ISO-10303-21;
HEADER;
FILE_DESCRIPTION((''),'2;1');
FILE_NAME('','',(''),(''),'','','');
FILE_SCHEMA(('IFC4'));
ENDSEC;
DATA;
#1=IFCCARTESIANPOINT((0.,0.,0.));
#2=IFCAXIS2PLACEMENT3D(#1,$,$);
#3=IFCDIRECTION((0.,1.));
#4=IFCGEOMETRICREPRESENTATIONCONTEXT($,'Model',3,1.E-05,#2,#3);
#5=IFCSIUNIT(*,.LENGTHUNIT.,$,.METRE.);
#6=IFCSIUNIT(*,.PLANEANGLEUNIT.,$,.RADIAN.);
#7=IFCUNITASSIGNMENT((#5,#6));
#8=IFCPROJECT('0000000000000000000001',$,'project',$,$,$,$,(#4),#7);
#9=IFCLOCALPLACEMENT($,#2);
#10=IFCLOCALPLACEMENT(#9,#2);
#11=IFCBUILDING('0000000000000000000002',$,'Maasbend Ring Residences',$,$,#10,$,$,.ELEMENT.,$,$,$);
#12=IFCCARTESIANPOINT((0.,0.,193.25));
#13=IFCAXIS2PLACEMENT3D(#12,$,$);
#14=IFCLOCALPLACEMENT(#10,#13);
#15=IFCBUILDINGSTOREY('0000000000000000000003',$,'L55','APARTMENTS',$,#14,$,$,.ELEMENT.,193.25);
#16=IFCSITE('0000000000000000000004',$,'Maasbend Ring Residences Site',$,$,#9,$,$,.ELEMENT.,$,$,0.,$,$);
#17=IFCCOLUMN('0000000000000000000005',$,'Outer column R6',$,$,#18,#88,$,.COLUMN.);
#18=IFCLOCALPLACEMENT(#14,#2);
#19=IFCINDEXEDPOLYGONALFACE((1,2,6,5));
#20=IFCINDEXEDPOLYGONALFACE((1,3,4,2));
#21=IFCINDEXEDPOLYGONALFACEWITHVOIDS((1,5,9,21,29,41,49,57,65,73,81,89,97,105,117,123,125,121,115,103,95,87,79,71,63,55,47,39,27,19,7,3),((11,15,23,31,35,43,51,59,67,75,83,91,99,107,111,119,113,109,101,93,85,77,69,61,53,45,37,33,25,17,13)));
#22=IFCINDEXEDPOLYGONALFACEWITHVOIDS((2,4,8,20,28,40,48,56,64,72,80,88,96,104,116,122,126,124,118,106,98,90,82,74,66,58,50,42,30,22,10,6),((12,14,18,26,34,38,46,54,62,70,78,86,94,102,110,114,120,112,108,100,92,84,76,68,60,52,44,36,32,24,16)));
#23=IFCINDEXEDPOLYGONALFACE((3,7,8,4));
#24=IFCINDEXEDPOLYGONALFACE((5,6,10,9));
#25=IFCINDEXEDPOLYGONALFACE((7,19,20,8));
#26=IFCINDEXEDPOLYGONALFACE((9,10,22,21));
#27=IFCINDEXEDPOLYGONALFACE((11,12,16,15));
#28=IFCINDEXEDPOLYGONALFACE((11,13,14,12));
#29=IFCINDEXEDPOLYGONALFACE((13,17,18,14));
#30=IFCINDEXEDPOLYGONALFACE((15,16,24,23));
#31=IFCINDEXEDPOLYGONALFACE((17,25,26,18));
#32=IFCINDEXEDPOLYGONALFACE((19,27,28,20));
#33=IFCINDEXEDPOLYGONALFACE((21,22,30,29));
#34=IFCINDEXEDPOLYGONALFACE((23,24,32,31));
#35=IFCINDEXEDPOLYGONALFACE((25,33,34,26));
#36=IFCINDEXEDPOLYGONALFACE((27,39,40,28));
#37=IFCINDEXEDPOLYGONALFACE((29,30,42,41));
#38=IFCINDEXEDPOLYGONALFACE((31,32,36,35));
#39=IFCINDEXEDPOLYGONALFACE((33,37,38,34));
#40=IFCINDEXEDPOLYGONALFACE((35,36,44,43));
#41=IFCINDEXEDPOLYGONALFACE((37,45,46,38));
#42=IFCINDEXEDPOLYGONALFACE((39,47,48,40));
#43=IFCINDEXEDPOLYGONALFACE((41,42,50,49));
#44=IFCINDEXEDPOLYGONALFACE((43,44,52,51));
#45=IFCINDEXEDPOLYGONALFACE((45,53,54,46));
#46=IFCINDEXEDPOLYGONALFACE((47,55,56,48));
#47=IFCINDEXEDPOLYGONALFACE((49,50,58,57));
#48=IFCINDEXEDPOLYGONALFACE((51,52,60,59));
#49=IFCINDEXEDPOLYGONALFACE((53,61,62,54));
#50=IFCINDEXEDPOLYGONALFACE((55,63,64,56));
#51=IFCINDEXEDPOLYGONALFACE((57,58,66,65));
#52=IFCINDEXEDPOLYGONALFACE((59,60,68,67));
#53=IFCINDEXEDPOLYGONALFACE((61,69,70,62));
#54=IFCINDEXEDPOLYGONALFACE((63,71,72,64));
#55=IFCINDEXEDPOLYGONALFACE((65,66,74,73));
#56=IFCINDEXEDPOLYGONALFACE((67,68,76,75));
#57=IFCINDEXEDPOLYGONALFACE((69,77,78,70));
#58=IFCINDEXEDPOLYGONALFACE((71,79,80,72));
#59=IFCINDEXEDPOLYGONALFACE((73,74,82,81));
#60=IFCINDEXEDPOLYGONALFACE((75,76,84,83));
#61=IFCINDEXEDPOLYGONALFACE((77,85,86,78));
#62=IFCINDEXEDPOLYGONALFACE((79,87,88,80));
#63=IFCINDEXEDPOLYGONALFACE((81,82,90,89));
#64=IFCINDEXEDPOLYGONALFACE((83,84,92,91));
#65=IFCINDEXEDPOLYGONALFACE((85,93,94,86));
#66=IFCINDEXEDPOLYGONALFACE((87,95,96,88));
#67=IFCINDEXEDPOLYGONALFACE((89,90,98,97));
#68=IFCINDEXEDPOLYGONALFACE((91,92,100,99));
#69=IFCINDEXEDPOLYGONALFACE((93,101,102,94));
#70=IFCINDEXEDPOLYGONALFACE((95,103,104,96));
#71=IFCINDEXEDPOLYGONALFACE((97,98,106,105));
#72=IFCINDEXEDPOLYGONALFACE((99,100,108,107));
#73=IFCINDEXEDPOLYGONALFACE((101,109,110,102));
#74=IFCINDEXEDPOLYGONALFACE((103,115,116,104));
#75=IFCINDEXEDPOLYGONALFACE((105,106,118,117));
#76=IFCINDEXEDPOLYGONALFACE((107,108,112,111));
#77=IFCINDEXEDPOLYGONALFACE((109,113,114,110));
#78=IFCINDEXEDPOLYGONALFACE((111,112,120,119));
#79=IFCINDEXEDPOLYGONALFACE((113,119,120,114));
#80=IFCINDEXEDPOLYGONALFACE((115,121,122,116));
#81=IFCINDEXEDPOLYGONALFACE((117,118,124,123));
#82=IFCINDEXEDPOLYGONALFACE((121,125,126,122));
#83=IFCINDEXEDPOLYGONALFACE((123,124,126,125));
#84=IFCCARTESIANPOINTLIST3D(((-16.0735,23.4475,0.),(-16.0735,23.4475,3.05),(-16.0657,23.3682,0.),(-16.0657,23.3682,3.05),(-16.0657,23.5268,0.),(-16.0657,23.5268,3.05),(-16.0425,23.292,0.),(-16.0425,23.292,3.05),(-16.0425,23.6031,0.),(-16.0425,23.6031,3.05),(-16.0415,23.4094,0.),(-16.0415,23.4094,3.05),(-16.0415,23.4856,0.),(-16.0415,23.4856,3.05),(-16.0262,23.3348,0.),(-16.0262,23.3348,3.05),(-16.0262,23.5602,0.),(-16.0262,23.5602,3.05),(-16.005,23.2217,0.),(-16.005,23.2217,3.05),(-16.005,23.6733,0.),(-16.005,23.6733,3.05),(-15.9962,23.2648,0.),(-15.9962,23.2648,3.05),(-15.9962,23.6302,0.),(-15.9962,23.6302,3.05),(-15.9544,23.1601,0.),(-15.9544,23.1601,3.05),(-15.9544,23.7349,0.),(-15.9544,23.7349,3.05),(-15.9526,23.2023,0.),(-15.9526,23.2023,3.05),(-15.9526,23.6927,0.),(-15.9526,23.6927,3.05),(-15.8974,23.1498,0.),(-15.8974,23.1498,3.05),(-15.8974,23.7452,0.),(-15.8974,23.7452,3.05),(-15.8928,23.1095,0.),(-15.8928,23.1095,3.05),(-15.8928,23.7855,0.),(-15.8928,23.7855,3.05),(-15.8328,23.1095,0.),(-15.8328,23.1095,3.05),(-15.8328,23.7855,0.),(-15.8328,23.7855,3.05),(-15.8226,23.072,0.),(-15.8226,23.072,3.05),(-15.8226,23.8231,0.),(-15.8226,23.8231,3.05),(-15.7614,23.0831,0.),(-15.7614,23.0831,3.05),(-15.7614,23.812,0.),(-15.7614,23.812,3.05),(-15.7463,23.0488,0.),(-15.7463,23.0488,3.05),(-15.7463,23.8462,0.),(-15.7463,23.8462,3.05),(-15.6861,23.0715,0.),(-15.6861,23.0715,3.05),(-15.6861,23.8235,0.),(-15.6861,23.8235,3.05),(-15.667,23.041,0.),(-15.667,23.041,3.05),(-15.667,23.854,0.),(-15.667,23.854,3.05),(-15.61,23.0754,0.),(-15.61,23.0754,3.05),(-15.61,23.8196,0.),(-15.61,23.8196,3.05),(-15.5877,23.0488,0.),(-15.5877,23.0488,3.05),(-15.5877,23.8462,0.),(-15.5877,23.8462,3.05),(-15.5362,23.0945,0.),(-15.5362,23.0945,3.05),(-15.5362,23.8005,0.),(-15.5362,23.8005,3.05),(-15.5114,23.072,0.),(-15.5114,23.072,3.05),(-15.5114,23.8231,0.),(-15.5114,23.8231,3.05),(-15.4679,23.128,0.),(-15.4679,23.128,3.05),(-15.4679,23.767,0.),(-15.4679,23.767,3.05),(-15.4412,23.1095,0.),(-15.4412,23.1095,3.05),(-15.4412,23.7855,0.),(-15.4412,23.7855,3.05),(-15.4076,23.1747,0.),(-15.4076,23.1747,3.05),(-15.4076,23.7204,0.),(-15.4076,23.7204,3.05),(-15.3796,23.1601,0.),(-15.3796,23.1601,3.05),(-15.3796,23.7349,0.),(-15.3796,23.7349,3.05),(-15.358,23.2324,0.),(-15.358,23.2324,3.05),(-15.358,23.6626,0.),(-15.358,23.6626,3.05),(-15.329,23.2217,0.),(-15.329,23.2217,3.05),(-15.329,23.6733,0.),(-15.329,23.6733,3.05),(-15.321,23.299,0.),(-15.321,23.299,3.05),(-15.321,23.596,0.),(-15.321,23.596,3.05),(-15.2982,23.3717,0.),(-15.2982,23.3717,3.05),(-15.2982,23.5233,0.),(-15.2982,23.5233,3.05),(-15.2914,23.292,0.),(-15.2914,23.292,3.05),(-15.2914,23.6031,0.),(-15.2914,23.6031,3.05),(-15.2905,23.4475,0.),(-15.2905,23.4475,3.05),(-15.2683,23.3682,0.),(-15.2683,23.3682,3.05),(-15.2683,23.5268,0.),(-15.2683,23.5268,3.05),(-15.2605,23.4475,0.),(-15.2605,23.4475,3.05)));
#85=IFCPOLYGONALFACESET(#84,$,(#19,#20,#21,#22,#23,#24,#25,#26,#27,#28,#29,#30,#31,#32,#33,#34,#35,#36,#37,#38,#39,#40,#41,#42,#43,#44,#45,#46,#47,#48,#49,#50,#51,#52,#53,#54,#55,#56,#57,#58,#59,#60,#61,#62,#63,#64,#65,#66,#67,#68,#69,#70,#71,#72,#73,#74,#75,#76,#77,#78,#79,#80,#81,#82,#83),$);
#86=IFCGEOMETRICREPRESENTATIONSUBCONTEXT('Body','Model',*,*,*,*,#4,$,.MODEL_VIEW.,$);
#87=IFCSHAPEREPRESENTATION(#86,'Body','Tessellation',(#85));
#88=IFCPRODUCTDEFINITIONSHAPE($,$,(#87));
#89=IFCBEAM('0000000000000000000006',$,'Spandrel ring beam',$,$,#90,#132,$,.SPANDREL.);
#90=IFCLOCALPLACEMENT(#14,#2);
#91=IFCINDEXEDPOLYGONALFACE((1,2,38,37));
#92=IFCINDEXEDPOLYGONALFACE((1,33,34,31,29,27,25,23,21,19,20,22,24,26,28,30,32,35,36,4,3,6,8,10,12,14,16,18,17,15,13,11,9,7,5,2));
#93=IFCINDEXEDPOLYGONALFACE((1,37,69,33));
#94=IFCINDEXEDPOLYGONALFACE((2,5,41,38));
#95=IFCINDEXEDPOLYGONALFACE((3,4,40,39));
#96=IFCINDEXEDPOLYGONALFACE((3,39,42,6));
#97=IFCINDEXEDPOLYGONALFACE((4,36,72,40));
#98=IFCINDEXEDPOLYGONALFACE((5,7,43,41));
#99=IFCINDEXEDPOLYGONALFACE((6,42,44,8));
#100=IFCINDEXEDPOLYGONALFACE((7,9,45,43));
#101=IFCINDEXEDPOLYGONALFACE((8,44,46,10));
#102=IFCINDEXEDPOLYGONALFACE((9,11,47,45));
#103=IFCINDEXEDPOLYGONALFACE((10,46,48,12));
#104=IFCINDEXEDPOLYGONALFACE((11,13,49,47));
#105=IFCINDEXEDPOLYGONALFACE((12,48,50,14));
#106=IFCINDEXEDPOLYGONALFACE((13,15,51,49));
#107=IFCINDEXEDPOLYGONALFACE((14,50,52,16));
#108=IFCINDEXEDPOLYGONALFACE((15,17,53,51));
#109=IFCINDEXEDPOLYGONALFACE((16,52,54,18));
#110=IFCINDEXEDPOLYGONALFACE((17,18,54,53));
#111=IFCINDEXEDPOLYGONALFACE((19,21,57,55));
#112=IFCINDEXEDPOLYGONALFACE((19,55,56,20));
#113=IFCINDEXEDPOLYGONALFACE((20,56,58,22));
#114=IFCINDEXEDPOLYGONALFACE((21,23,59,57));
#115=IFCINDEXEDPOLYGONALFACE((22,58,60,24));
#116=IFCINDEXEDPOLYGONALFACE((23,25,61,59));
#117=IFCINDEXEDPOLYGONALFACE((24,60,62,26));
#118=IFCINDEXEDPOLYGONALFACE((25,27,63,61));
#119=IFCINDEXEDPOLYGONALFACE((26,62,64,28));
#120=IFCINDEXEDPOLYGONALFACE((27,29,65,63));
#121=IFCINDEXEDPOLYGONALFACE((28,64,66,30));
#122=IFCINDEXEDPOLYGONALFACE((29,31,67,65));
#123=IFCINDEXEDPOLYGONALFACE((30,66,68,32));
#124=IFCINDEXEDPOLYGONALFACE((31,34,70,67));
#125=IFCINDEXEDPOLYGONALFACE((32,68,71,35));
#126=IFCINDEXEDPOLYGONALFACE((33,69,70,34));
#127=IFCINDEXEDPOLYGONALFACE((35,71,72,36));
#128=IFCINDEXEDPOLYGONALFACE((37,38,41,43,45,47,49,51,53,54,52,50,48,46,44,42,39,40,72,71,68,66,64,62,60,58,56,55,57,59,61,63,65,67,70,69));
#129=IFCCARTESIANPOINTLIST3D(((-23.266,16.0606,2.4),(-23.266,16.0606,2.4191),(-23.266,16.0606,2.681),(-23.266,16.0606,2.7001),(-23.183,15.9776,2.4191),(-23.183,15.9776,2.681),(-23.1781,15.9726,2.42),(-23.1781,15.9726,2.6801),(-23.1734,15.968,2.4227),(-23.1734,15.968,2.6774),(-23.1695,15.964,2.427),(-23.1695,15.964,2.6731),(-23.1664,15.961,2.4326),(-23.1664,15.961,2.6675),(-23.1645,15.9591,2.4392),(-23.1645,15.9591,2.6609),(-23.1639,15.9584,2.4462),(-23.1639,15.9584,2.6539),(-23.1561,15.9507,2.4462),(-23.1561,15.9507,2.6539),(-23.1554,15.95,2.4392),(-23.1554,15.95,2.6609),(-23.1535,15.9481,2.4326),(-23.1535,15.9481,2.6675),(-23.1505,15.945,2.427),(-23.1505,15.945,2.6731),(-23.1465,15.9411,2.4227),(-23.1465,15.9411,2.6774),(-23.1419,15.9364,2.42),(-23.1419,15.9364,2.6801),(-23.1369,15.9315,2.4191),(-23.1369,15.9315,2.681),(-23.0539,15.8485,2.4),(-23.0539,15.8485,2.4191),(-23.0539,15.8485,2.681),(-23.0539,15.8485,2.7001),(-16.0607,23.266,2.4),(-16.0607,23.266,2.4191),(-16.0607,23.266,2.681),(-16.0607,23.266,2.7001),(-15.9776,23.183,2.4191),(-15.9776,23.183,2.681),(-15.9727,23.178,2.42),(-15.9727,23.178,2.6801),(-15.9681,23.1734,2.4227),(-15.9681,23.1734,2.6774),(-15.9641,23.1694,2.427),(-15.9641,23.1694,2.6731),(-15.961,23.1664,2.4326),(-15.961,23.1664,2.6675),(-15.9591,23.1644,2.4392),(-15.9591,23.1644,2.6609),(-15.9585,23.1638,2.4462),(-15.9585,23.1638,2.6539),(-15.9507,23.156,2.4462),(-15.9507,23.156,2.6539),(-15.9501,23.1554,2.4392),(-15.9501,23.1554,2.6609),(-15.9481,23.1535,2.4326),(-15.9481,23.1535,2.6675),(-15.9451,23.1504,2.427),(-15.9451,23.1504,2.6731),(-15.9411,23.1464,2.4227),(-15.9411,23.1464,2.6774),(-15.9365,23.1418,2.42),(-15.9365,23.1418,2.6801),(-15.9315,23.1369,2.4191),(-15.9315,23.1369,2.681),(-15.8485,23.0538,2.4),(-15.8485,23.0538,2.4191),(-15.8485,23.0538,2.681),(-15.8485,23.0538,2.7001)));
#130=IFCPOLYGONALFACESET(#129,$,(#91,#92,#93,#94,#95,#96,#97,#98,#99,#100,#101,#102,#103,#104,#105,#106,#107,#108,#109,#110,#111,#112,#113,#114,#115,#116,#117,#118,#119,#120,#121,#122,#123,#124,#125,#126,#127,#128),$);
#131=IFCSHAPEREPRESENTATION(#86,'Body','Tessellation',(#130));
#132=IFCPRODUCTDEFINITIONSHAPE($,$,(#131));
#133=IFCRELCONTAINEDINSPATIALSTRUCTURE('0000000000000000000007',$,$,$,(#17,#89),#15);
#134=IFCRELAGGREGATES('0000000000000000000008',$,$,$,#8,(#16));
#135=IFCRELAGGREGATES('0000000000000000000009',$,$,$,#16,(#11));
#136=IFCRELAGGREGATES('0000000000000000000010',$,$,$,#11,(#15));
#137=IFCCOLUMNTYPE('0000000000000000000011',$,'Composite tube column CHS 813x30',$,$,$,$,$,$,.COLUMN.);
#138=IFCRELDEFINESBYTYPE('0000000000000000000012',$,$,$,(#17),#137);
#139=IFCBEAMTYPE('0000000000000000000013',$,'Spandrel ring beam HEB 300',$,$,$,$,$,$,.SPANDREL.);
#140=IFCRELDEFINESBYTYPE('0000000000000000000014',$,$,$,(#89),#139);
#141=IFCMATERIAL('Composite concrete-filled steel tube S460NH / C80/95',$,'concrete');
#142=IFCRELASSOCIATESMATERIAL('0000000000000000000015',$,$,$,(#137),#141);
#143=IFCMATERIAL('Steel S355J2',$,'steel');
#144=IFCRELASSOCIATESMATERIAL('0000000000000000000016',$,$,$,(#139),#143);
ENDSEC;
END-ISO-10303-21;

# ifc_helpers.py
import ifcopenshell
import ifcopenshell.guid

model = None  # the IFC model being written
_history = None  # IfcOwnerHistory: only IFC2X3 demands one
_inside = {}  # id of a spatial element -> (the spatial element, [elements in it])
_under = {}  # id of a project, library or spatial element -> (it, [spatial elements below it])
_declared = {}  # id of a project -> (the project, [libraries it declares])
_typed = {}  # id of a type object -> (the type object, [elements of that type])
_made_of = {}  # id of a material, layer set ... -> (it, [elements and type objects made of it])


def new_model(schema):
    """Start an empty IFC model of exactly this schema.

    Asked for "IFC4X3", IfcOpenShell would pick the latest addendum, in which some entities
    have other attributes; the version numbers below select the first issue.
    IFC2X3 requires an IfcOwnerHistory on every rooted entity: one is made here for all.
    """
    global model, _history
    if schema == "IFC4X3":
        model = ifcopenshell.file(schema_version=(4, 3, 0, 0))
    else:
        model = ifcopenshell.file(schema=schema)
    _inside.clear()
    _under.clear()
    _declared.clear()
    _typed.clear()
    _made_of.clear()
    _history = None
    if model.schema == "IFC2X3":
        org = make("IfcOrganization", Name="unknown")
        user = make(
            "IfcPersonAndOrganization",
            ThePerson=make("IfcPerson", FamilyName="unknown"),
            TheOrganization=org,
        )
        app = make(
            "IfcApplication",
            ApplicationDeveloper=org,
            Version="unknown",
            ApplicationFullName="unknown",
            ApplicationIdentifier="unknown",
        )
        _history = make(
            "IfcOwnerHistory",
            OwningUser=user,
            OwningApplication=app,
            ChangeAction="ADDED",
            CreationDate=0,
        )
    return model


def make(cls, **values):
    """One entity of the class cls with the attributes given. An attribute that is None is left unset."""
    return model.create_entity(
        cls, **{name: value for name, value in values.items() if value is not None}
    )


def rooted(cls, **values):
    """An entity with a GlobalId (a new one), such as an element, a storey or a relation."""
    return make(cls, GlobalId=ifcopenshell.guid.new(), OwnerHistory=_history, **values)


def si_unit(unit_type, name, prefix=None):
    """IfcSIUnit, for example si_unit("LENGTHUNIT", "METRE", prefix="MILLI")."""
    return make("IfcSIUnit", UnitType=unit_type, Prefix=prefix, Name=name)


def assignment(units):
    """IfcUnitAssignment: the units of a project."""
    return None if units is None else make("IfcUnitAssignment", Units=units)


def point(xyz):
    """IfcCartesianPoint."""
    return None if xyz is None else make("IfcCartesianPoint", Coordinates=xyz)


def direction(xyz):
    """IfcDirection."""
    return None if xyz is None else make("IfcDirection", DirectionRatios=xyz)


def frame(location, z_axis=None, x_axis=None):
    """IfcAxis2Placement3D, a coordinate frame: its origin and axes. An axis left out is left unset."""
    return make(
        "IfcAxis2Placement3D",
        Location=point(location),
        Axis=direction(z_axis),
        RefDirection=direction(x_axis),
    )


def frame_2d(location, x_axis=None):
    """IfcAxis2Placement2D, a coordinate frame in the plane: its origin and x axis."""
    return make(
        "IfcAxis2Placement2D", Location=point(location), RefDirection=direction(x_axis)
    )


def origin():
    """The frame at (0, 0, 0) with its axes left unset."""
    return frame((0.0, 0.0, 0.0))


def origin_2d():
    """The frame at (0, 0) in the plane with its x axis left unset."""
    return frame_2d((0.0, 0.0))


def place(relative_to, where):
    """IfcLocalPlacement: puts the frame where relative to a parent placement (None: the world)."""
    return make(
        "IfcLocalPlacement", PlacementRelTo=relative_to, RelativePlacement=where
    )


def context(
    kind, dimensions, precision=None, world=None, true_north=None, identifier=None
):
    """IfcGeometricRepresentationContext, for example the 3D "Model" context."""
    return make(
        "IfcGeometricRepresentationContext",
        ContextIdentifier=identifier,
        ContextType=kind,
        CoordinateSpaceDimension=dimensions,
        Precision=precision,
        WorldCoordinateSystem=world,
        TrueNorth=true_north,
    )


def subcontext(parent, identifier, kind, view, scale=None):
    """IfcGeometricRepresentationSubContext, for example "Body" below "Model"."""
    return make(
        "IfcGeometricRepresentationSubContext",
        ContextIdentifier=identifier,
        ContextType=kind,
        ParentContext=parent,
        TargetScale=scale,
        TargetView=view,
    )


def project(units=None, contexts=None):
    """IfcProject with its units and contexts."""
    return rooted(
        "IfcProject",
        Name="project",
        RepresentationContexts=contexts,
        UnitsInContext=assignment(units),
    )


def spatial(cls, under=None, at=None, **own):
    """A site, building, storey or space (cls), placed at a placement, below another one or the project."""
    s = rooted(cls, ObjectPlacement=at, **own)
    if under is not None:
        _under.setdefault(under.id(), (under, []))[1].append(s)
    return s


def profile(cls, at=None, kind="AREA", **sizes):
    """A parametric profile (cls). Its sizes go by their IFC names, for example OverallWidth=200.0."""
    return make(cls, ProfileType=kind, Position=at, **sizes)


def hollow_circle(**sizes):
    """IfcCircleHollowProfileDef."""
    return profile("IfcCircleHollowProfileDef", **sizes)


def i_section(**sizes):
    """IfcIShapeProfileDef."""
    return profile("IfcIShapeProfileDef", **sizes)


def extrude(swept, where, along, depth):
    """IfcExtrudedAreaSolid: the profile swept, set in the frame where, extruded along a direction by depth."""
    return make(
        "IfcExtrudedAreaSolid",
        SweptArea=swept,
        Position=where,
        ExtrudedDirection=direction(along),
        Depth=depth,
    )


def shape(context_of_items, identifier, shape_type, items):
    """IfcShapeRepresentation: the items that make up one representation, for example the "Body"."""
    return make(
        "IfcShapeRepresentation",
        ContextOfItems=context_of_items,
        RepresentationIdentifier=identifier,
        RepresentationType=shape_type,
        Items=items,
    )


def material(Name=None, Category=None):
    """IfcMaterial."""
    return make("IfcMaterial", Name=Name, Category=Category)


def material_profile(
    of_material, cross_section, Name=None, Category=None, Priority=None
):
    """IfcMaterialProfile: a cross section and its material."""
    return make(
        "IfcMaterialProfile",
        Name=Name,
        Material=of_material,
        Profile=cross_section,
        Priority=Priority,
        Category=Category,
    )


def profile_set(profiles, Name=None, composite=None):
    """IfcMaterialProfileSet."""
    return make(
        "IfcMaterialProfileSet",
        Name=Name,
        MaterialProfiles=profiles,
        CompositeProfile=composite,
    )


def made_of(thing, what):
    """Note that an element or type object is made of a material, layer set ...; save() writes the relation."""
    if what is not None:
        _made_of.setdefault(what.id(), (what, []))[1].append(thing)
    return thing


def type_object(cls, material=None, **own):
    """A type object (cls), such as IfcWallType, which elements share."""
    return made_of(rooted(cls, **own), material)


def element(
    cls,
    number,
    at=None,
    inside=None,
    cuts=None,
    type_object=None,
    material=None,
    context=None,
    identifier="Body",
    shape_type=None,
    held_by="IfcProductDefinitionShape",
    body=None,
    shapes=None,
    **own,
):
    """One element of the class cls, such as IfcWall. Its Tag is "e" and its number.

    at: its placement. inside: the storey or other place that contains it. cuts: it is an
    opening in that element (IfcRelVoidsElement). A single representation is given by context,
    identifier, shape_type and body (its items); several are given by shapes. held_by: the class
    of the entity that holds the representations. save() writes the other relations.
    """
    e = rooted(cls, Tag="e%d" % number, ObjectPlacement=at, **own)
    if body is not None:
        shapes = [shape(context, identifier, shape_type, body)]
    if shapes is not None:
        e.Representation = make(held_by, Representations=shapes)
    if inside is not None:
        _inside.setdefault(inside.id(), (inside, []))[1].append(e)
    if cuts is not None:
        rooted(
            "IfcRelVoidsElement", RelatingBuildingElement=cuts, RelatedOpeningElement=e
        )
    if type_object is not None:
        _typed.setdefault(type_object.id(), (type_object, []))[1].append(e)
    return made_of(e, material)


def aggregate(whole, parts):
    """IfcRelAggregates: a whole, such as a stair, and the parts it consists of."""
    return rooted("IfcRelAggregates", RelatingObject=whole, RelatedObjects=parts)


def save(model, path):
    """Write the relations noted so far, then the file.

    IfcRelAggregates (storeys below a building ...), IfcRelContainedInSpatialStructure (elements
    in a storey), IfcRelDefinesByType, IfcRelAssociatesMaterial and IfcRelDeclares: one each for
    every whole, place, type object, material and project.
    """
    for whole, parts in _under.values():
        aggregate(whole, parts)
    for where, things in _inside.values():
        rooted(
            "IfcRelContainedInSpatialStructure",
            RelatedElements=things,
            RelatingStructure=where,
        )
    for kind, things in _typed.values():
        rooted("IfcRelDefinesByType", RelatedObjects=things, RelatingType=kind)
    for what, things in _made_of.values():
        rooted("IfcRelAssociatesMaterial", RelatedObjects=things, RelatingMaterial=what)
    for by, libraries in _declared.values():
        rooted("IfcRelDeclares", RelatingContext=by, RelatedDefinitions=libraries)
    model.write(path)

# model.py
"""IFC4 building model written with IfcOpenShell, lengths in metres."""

from ifc_helpers import new_model, si_unit, direction, frame, origin, origin_2d, place, context, subcontext, project, spatial, hollow_circle, i_section, extrude, material, material_profile, profile_set, type_object, element, save


model = new_model("IFC4")

# Units and contexts
model_context = context("Model", 3, precision=1e-05, world=origin(), true_north=direction((0.0, 1.0)))
body_context = subcontext(model_context, "Body", "Model", "MODEL_VIEW")
ifc_project = project(units=[si_unit("LENGTHUNIT", "METRE"), si_unit("PLANEANGLEUNIT", "RADIAN")], contexts=[model_context])

# Site, building, storey
site_placement = place(None, origin())
site = spatial("IfcSite", under=ifc_project, at=site_placement, Name="Maasbend Ring Residences Site", CompositionType="ELEMENT", RefElevation=0.0)
building_placement = place(site_placement, origin())
building = spatial("IfcBuilding", under=site, at=building_placement, Name="Maasbend Ring Residences", CompositionType="ELEMENT")
storey_placement = place(building_placement, frame((0.0, 0.0, 193.25)))
storey = spatial("IfcBuildingStorey", under=building, at=storey_placement, Name="L55", Description="APARTMENTS", CompositionType="ELEMENT", Elevation=193.25)

# Column
ifc_material_1 = material(Name="Composite concrete-filled steel tube S460NH / C80/95", Category="concrete")
ifc_material_profile_1 = material_profile(ifc_material_1, hollow_circle(Radius=0.4065, WallThickness=0.03, at=origin_2d()), Name="Composite tube column CHS 813x30")
ifc_profile_set_1 = profile_set([ifc_material_profile_1], Name="Composite concrete-filled steel tube S460NH / C80/95")
column_type = type_object("IfcColumnType", Name="Composite tube column CHS 813x30", PredefinedType="COLUMN", material=ifc_profile_set_1)
column_placement = place(storey_placement, frame((-15.667, 23.4475, 0.0), z_axis=(0.0, 0.0, 1.0), x_axis=(1.0, 0.0, 0.0)))
element("IfcColumn", 1, at=column_placement, inside=storey, type_object=column_type, Name="Outer column R6", PredefinedType="COLUMN", context=body_context, shape_type="SweptSolid", body=[
    extrude(hollow_circle(Radius=0.4065, WallThickness=0.03, at=origin_2d()), origin(), (0.0, 0.0, 1.0), 3.05),
])

# Beam
ifc_material_2 = material(Name="Steel S355J2", Category="steel")
ifc_material_profile_2 = material_profile(ifc_material_2, i_section(OverallWidth=0.3, OverallDepth=0.3, WebThickness=0.011, FlangeThickness=0.019, FilletRadius=0.0271, at=origin_2d()), Name="HEB 300")
ifc_profile_set_2 = profile_set([ifc_material_profile_2], Name="Steel S355J2")
beam_type = type_object("IfcBeamType", Name="Spandrel ring beam HEB 300", PredefinedType="SPANDREL", material=ifc_profile_set_2)
beam_placement = place(storey_placement, frame((-15.9546, 23.1599, 2.55), z_axis=(-0.707107, -0.707107, 0.0), x_axis=(0.707107, -0.707107, 0.0)))
element("IfcBeam", 2, at=beam_placement, inside=storey, type_object=beam_type, Name="Spandrel ring beam", PredefinedType="SPANDREL", context=body_context, shape_type="SweptSolid", body=[
    extrude(i_section(OverallWidth=0.3, OverallDepth=0.3, WebThickness=0.011, FlangeThickness=0.019, FilletRadius=0.0271, at=origin_2d()), origin(), (0.0, 0.0, 1.0), 10.1899),
])

save(model, "model.ifc")
